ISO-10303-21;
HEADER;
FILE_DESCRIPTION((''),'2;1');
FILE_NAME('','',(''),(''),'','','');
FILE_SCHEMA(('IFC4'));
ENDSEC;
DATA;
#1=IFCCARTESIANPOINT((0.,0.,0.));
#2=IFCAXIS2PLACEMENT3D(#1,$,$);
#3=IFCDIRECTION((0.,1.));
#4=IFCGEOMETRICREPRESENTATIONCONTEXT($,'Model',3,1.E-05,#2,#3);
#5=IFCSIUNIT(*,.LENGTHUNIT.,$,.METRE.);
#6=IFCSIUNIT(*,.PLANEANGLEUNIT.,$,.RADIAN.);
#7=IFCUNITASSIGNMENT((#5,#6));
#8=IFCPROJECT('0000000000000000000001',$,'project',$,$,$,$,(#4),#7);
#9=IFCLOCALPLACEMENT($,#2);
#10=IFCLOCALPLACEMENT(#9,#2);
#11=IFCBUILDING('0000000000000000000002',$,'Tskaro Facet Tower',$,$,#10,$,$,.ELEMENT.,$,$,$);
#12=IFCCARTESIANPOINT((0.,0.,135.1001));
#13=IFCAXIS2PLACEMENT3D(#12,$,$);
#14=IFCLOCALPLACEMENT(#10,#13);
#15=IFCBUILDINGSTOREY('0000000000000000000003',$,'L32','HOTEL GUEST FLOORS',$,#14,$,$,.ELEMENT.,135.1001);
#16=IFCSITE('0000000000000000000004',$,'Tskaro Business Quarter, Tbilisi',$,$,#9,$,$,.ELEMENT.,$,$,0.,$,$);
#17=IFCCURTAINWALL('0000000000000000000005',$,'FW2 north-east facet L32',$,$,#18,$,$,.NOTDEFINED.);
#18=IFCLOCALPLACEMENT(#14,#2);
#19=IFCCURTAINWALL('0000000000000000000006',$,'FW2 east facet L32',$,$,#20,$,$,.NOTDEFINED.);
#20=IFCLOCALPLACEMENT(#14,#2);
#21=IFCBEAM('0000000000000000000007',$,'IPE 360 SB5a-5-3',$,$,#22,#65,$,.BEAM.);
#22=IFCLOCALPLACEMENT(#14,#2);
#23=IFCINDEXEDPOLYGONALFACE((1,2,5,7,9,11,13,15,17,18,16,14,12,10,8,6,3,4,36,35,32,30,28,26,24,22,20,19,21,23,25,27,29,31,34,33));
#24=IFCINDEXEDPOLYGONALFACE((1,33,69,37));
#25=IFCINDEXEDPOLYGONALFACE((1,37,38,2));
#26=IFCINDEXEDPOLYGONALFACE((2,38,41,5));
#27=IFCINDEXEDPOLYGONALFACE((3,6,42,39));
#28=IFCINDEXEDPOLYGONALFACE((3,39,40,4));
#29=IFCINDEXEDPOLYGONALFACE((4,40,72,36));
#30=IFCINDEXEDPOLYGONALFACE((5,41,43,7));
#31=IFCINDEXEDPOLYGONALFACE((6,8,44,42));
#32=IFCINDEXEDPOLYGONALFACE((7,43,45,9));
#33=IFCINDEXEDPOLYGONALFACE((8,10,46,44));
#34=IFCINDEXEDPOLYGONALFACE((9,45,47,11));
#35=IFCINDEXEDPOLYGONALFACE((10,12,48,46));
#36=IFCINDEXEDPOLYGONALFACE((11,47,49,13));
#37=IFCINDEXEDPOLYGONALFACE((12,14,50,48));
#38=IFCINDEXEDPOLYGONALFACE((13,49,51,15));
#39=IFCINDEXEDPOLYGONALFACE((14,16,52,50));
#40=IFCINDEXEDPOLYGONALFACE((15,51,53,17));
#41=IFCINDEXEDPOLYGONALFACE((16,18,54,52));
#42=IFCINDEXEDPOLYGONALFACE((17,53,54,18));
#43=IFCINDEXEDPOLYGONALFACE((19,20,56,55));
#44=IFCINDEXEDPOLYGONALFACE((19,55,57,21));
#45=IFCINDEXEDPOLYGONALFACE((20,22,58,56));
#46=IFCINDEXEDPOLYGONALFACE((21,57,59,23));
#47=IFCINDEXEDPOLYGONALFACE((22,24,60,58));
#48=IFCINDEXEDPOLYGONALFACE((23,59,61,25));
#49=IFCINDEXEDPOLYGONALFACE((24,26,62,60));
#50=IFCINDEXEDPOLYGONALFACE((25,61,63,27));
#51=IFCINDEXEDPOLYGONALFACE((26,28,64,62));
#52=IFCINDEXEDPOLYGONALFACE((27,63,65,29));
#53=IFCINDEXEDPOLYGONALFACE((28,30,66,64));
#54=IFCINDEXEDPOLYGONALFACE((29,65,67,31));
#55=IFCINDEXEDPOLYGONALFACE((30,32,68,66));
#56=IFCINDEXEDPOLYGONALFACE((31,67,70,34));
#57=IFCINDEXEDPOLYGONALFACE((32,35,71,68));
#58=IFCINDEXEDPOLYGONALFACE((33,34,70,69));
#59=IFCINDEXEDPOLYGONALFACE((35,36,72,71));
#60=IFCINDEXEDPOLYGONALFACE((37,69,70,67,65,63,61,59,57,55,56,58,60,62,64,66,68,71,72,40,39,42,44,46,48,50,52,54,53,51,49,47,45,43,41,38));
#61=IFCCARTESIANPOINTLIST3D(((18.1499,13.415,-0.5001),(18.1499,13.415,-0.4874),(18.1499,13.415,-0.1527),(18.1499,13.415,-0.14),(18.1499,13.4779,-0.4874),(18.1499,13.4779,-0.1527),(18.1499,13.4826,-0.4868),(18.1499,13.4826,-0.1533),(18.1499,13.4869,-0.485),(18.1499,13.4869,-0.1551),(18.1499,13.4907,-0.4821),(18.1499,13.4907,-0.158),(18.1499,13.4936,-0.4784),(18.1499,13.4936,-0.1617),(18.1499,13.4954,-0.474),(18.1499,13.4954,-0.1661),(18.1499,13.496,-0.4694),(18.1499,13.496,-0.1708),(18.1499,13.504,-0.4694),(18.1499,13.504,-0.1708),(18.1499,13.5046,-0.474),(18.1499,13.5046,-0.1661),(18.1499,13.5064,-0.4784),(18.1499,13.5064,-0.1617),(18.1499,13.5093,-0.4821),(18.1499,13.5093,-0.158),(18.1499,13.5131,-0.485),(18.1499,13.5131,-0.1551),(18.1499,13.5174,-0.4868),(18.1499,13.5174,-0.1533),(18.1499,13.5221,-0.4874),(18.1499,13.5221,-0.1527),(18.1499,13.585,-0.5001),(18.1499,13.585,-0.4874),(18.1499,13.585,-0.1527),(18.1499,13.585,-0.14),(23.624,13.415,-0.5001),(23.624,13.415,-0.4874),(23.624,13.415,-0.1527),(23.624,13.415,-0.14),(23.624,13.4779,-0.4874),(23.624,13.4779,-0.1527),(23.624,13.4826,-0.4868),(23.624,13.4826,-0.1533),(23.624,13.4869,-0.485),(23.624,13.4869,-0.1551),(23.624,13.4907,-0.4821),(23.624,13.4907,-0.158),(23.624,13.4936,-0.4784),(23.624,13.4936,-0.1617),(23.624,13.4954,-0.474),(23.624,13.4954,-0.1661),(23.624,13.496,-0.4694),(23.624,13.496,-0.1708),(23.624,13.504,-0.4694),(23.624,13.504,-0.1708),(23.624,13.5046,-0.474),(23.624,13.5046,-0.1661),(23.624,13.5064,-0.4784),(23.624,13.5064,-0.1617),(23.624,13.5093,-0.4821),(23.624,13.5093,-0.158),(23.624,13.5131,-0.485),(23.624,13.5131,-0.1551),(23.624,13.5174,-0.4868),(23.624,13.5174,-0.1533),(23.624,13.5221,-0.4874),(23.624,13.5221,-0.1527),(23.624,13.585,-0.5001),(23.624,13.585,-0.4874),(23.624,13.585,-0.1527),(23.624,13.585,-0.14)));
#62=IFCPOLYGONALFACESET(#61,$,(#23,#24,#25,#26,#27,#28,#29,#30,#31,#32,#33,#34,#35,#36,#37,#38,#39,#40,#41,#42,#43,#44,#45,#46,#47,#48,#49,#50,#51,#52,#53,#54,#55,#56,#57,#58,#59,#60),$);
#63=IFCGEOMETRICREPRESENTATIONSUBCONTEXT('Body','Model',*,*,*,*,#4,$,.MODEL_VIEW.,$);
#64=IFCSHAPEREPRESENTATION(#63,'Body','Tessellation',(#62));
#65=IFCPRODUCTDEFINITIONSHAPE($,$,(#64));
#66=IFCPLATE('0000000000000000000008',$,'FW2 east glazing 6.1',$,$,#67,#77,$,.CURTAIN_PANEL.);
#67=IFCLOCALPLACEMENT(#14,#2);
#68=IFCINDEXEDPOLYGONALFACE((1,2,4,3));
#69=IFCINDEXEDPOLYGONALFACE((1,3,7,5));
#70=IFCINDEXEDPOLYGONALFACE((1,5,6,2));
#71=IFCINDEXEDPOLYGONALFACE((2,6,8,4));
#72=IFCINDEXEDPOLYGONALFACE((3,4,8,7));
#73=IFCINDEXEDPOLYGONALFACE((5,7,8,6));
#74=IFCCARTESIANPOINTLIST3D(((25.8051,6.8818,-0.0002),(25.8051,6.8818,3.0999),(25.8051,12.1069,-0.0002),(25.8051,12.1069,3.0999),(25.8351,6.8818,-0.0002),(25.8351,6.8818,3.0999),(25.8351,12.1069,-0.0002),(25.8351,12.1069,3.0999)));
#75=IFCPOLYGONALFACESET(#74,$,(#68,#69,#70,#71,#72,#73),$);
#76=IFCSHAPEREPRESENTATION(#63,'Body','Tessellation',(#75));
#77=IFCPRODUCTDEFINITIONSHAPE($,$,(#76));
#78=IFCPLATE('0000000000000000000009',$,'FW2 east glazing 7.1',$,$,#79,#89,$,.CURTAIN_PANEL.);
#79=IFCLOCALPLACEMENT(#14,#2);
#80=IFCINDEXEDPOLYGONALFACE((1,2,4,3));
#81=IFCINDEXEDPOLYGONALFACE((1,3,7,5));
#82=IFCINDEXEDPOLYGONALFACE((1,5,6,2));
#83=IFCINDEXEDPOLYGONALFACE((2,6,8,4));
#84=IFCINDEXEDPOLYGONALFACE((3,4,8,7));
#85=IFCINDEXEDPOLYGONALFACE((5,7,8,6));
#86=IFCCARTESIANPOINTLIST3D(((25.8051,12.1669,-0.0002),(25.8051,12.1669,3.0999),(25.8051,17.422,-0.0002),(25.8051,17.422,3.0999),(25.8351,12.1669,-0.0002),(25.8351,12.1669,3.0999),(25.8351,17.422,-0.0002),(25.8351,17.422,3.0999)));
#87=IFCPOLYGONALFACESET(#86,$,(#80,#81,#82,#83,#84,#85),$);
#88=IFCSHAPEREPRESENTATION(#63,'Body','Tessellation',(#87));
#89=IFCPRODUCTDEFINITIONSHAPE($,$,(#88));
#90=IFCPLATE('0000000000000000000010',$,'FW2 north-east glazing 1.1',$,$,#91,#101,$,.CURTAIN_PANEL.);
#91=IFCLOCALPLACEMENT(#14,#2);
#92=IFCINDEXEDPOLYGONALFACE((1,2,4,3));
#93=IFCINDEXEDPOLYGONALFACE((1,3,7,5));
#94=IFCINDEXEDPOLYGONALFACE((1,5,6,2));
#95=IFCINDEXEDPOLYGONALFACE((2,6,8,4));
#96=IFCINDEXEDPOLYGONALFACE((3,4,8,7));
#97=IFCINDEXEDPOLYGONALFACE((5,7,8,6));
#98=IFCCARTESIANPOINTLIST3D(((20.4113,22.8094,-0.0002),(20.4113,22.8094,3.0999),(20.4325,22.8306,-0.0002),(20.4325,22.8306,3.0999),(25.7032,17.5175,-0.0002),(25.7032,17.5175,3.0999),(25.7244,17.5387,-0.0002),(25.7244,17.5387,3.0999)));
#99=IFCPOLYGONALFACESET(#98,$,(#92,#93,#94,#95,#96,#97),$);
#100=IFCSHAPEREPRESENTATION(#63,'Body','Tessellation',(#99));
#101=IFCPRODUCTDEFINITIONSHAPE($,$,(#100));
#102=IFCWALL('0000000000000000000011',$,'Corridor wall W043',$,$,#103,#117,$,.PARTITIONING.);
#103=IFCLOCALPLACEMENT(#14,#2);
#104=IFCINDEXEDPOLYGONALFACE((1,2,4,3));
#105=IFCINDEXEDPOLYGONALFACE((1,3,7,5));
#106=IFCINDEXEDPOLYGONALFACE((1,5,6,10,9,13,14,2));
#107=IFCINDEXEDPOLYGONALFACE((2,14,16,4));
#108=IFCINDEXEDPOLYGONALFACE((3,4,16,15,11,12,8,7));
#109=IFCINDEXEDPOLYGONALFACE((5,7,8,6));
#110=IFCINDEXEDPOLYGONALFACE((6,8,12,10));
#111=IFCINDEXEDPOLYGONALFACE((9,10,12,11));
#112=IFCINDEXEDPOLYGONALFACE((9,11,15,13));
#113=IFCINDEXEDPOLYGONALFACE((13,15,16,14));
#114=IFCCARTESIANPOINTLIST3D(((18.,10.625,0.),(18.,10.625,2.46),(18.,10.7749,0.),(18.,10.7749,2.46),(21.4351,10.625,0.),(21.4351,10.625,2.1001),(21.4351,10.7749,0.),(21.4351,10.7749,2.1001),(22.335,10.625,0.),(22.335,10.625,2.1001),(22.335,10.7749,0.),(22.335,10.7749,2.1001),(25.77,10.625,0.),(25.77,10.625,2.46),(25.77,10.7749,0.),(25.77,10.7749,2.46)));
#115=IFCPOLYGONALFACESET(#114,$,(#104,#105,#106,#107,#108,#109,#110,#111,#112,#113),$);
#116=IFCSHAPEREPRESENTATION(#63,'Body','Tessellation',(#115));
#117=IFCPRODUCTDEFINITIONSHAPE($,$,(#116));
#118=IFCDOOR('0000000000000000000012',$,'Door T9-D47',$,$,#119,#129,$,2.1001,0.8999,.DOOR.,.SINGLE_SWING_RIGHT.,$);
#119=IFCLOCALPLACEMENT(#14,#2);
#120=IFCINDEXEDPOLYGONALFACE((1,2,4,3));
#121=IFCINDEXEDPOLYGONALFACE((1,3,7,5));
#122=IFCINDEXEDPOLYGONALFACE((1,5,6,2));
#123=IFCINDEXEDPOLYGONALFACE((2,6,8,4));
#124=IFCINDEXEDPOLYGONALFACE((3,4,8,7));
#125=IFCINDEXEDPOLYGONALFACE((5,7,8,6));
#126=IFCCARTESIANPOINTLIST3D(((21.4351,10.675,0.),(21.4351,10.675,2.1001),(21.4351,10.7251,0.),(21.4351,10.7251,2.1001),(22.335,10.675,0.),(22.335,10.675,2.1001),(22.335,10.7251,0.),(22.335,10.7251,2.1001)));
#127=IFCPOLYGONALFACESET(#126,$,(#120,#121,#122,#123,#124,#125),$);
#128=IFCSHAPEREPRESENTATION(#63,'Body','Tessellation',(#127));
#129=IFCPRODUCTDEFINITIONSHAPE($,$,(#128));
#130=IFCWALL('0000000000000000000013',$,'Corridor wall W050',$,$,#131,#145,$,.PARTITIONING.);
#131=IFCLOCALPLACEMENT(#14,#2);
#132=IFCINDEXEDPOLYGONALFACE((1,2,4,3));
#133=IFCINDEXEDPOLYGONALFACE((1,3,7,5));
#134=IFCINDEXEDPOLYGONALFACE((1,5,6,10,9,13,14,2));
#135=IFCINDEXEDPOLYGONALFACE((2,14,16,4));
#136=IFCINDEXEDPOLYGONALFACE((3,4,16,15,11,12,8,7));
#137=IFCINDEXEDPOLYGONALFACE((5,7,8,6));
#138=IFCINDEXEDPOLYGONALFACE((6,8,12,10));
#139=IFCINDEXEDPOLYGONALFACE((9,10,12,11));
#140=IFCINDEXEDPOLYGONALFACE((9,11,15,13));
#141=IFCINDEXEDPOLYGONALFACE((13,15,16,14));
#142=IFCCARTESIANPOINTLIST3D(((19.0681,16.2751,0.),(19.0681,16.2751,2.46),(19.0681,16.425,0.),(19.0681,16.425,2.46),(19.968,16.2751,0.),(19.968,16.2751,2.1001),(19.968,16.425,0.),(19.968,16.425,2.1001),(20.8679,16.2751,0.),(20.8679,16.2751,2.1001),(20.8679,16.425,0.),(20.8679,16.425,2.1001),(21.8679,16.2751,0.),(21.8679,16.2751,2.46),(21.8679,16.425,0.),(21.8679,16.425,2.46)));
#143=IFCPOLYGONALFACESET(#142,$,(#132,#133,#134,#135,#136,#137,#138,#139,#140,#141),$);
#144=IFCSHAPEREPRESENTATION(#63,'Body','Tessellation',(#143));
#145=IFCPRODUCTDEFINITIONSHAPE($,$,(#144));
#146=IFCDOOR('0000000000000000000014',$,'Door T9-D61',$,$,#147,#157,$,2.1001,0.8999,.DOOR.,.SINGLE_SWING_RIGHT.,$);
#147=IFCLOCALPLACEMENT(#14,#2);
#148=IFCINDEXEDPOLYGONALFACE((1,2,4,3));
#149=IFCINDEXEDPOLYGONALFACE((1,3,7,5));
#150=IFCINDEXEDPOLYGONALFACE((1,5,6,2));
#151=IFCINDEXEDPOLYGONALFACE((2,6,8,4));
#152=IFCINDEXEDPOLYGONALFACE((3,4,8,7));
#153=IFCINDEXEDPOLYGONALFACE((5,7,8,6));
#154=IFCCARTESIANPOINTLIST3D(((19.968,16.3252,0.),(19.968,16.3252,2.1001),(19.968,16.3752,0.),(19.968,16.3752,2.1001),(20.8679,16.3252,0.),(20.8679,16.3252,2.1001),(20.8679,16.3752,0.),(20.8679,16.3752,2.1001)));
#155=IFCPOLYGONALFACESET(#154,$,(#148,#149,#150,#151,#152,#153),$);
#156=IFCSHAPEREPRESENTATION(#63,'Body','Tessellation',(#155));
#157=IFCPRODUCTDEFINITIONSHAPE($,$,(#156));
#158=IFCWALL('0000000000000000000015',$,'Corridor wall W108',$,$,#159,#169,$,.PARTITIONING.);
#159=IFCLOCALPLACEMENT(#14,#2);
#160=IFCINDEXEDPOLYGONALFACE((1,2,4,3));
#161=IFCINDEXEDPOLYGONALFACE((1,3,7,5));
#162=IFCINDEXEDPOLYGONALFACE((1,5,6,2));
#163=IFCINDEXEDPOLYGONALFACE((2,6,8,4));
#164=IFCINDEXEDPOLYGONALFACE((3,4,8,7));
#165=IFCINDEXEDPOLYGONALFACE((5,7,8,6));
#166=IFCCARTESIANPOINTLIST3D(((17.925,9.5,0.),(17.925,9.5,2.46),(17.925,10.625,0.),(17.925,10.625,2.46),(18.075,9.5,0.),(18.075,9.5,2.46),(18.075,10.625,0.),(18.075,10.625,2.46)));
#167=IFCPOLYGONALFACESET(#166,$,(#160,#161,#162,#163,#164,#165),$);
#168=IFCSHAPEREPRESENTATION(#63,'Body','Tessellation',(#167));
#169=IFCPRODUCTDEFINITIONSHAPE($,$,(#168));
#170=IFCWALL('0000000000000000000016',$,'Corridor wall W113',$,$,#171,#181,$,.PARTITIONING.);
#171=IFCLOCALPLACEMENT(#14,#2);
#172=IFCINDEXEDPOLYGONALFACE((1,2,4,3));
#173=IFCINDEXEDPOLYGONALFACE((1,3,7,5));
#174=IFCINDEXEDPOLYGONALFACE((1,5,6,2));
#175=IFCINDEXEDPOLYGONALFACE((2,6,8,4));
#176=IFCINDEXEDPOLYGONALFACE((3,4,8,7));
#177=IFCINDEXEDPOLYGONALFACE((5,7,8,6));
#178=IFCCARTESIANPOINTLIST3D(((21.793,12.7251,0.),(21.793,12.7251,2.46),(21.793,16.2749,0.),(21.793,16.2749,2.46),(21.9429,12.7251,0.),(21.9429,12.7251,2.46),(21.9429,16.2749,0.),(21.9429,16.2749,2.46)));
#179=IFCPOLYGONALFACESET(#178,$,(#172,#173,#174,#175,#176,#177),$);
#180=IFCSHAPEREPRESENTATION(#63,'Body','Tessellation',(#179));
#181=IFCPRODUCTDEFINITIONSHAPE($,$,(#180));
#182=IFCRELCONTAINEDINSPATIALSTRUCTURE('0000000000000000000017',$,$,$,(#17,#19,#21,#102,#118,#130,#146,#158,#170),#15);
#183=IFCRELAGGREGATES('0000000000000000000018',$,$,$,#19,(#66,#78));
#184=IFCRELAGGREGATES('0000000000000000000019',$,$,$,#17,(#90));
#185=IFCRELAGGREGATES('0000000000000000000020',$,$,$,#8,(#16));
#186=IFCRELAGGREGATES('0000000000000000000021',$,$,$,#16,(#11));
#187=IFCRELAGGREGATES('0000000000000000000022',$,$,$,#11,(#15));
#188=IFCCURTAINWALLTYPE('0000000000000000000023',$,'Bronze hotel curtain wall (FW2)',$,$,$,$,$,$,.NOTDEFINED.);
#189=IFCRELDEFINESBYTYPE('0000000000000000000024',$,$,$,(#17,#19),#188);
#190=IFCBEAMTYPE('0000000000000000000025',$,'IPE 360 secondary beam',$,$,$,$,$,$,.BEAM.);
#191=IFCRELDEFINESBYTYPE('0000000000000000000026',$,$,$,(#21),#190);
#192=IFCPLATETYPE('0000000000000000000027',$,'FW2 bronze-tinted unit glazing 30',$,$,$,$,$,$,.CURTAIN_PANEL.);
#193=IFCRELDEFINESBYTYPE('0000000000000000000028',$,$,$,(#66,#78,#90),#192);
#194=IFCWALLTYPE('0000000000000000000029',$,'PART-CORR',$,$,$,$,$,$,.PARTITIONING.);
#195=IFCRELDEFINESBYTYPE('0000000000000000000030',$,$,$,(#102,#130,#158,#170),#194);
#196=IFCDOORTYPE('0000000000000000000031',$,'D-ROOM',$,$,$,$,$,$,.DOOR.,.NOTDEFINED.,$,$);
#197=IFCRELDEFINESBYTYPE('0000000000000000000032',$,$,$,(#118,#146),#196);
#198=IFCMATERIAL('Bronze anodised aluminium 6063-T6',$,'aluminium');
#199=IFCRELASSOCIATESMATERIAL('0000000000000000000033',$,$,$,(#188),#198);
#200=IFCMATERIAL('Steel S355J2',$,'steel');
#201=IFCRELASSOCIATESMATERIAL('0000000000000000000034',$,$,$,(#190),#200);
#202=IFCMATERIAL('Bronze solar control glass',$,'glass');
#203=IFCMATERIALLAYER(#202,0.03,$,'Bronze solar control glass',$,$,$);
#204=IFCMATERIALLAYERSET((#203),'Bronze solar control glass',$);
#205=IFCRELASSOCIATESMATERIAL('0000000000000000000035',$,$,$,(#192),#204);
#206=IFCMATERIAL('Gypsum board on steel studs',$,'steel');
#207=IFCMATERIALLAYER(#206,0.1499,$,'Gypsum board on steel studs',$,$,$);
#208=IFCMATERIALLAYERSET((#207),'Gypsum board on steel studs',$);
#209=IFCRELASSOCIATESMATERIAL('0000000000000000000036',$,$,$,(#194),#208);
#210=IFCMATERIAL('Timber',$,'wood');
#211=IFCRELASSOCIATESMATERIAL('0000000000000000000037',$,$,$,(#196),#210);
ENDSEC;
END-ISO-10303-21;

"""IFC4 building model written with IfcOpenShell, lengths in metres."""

from ifc_helpers import new_model, si_unit, direction, frame, frame_2d, origin, origin_2d, place, context, subcontext, project, spatial, rectangle, i_section, extrude, material, layer, layer_set, material_profile, profile_set, type_object, element, fill, aggregate, save


model = new_model("IFC4")

# Units and contexts
model_context = context("Model", 3, precision=1e-05, world=origin(), true_north=direction((0.0, 1.0)))
body_context = subcontext(model_context, "Body", "Model", "MODEL_VIEW")
ifc_project = project(units=[si_unit("LENGTHUNIT", "METRE"), si_unit("PLANEANGLEUNIT", "RADIAN")], contexts=[model_context])

# Site, building, storey
site_placement = place(None, origin())
site = spatial("IfcSite", under=ifc_project, at=site_placement, Name="Tskaro Business Quarter, Tbilisi", CompositionType="ELEMENT", RefElevation=0.0)
building_placement = place(site_placement, origin())
building = spatial("IfcBuilding", under=site, at=building_placement, Name="Tskaro Facet Tower", CompositionType="ELEMENT")
storey_placement = place(building_placement, frame((0.0, 0.0, 135.1001)))
storey = spatial("IfcBuildingStorey", under=building, at=storey_placement, Name="L32", Description="HOTEL GUEST FLOORS", CompositionType="ELEMENT", Elevation=135.1001)

# Curtain wall
ifc_material_1 = material(Name="Bronze anodised aluminium 6063-T6", Category="aluminium")
curtain_wall_type = type_object("IfcCurtainWallType", Name="Bronze hotel curtain wall (FW2)", PredefinedType="NOTDEFINED", material=ifc_material_1)
curtain_wall_1_placement = place(storey_placement, origin())
curtain_wall_1 = element("IfcCurtainWall", 1, at=curtain_wall_1_placement, inside=storey, type_object=curtain_wall_type, Name="FW2 north-east facet L32", PredefinedType="NOTDEFINED")

# Curtain wall
curtain_wall_2_placement = place(storey_placement, origin())
curtain_wall_2 = element("IfcCurtainWall", 2, at=curtain_wall_2_placement, inside=storey, type_object=curtain_wall_type, Name="FW2 east facet L32", PredefinedType="NOTDEFINED")

# Beam
ifc_material_2 = material(Name="Steel S355J2", Category="steel")
ifc_material_profile_1 = material_profile(ifc_material_2, i_section(OverallWidth=0.1699, OverallDepth=0.3601, WebThickness=0.0081, FlangeThickness=0.0127, FilletRadius=0.0181, at=origin_2d()), Name="IPE 360")
ifc_profile_set_1 = profile_set([ifc_material_profile_1], Name="Steel S355J2")
beam_type_1 = type_object("IfcBeamType", Name="IPE 360 secondary beam", PredefinedType="BEAM", material=ifc_profile_set_1)
beam_1_placement = place(storey_placement, frame((18.1499, 13.5, -0.3201), z_axis=(1.0, 0.0, 0.0), x_axis=(0.0, 1.0, 0.0)))
element("IfcBeam", 3, at=beam_1_placement, inside=storey, type_object=beam_type_1, Name="IPE 360 SB5a-5-3", PredefinedType="BEAM", context=body_context, shape_type="SweptSolid", body=[
    extrude(i_section(OverallWidth=0.1699, OverallDepth=0.3601, WebThickness=0.0081, FlangeThickness=0.0127, FilletRadius=0.0181, at=origin_2d()), origin(), (0.0, 0.0, 1.0), 5.4741),
])

# Plates
ifc_material_3 = material(Name="Bronze solar control glass", Category="glass")
ifc_layer_1 = layer(ifc_material_3, 0.03, Name="Bronze solar control glass")
ifc_layer_set_1 = layer_set([ifc_layer_1], Name="Bronze solar control glass")
plate_type = type_object("IfcPlateType", Name="FW2 bronze-tinted unit glazing 30", PredefinedType="CURTAIN_PANEL", material=ifc_layer_set_1)
plate_1_placement = place(storey_placement, frame((25.8201, 9.4944, -0.0002), z_axis=(0.0, 0.0, 1.0), x_axis=(0.0, 1.0, 0.0)))
plate_1 = element("IfcPlate", 4, at=plate_1_placement, type_object=plate_type, Name="FW2 east glazing 6.1", PredefinedType="CURTAIN_PANEL", context=body_context, shape_type="SweptSolid", body=[
    extrude(rectangle(XDim=5.2251, YDim=0.03, at=origin_2d()), origin(), (0.0, 0.0, 1.0), 3.1001),
])
plate_2_placement = place(storey_placement, frame((25.8201, 14.7944, -0.0002), z_axis=(0.0, 0.0, 1.0), x_axis=(0.0, 1.0, 0.0)))
plate_2 = element("IfcPlate", 5, at=plate_2_placement, type_object=plate_type, Name="FW2 east glazing 7.1", PredefinedType="CURTAIN_PANEL", context=body_context, shape_type="SweptSolid", body=[
    extrude(rectangle(XDim=5.2551, YDim=0.03, at=origin_2d()), origin(), (0.0, 0.0, 1.0), 3.1001),
])
aggregate(curtain_wall_2, [plate_1, plate_2])
plate_3_placement = place(storey_placement, frame((23.0679, 20.1741, -0.0002), z_axis=(0.0, 0.0, 1.0), x_axis=(-0.707107, 0.707107, 0.0)))
plate_3 = element("IfcPlate", 6, at=plate_3_placement, type_object=plate_type, Name="FW2 north-east glazing 1.1", PredefinedType="CURTAIN_PANEL", context=body_context, shape_type="SweptSolid", body=[
    extrude(rectangle(XDim=7.4839, YDim=0.03, at=origin_2d()), origin(), (0.0, 0.0, 1.0), 3.1001),
])
aggregate(curtain_wall_1, [plate_3])

# Walls, openings, doors
ifc_material_4 = material(Name="Gypsum board on steel studs", Category="steel")
ifc_layer_2 = layer(ifc_material_4, 0.1499, Name="Gypsum board on steel studs")
ifc_layer_set_2 = layer_set([ifc_layer_2], Name="Gypsum board on steel studs")
wall_type_1 = type_object("IfcWallType", Name="PART-CORR", PredefinedType="PARTITIONING", material=ifc_layer_set_2)
wall_1_placement = place(storey_placement, frame((25.77, 10.7, 0.0), z_axis=(0.0, 0.0, 1.0), x_axis=(-1.0, 0.0, 0.0)))
wall_1 = element("IfcWall", 7, at=wall_1_placement, inside=storey, type_object=wall_type_1, Name="Corridor wall W043", PredefinedType="PARTITIONING", context=body_context, shape_type="SweptSolid", body=[
    extrude(rectangle(XDim=7.77, YDim=0.1499, at=frame_2d((3.885, 0.0))), origin(), (0.0, 0.0, 1.0), 2.46),
])
opening_1_placement = place(wall_1_placement, frame((3.4351, 0.0, 0.0)))
opening_1 = element("IfcOpeningElement", 8, at=opening_1_placement, cuts=wall_1, PredefinedType="OPENING", context=body_context, shape_type="SweptSolid", body=[
    extrude(rectangle(XDim=0.8999, YDim=2.1001, at=frame_2d((0.45, 1.05))), frame((0.0, 0.085, 0.0), z_axis=(0.0, -1.0, 0.0), x_axis=(1.0, 0.0, 0.0)), (0.0, 0.0, 1.0), 0.1699),
])
ifc_material_5 = material(Name="Timber", Category="wood")
door_type = type_object("IfcDoorType", Name="D-ROOM", OperationType="NOTDEFINED", PredefinedType="DOOR", material=ifc_material_5)
door_1_placement = place(opening_1_placement, origin())
door_1 = element("IfcDoor", 9, at=door_1_placement, inside=storey, type_object=door_type, Name="Door T9-D47", OperationType="SINGLE_SWING_RIGHT", OverallHeight=2.1001, OverallWidth=0.8999, PredefinedType="DOOR", context=body_context, shape_type="SweptSolid", body=[
    extrude(rectangle(XDim=0.8999, YDim=2.1001, at=frame_2d((0.45, 1.05))), frame((0.0, 0.0249, 0.0), z_axis=(0.0, -1.0, 0.0), x_axis=(1.0, 0.0, 0.0)), (0.0, 0.0, 1.0), 0.05),
])
fill(opening_1, door_1)
wall_2_placement = place(storey_placement, frame((21.8679, 16.3501, 0.0), z_axis=(0.0, 0.0, 1.0), x_axis=(-1.0, 0.0, 0.0)))
wall_2 = element("IfcWall", 10, at=wall_2_placement, inside=storey, type_object=wall_type_1, Name="Corridor wall W050", PredefinedType="PARTITIONING", context=body_context, shape_type="SweptSolid", body=[
    extrude(rectangle(XDim=2.7998, YDim=0.1499, at=frame_2d((1.3999, 0.0))), origin(), (0.0, 0.0, 1.0), 2.46),
])
opening_2_placement = place(wall_2_placement, frame((1.0, 0.0, 0.0)))
opening_2 = element("IfcOpeningElement", 11, at=opening_2_placement, cuts=wall_2, PredefinedType="OPENING", context=body_context, shape_type="SweptSolid", body=[
    extrude(rectangle(XDim=0.8999, YDim=2.1001, at=frame_2d((0.45, 1.05))), frame((0.0, 0.085, 0.0), z_axis=(0.0, -1.0, 0.0), x_axis=(1.0, 0.0, 0.0)), (0.0, 0.0, 1.0), 0.1699),
])
door_2_placement = place(opening_2_placement, origin())
door_2 = element("IfcDoor", 12, at=door_2_placement, inside=storey, type_object=door_type, Name="Door T9-D61", OperationType="SINGLE_SWING_RIGHT", OverallHeight=2.1001, OverallWidth=0.8999, PredefinedType="DOOR", context=body_context, shape_type="SweptSolid", body=[
    extrude(rectangle(XDim=0.8999, YDim=2.1001, at=frame_2d((0.45, 1.05))), frame((0.0, 0.0249, 0.0), z_axis=(0.0, -1.0, 0.0), x_axis=(1.0, 0.0, 0.0)), (0.0, 0.0, 1.0), 0.05),
])
fill(opening_2, door_2)

# Walls
wall_3_placement = place(storey_placement, frame((18.0, 9.5, 0.0), z_axis=(0.0, 0.0, 1.0), x_axis=(0.0, 1.0, 0.0)))
element("IfcWall", 13, at=wall_3_placement, inside=storey, type_object=wall_type_1, Name="Corridor wall W108", PredefinedType="PARTITIONING", context=body_context, shape_type="SweptSolid", body=[
    extrude(rectangle(XDim=1.125, YDim=0.1499, at=frame_2d((0.5625, 0.0))), origin(), (0.0, 0.0, 1.0), 2.46),
])
wall_4_placement = place(storey_placement, frame((21.8679, 12.7251, 0.0), z_axis=(0.0, 0.0, 1.0), x_axis=(0.0, 1.0, 0.0)))
element("IfcWall", 14, at=wall_4_placement, inside=storey, type_object=wall_type_1, Name="Corridor wall W113", PredefinedType="PARTITIONING", context=body_context, shape_type="SweptSolid", body=[
    extrude(rectangle(XDim=3.5498, YDim=0.1499, at=frame_2d((1.7749, 0.0))), origin(), (0.0, 0.0, 1.0), 2.46),
])

save(model, "model.ifc")
